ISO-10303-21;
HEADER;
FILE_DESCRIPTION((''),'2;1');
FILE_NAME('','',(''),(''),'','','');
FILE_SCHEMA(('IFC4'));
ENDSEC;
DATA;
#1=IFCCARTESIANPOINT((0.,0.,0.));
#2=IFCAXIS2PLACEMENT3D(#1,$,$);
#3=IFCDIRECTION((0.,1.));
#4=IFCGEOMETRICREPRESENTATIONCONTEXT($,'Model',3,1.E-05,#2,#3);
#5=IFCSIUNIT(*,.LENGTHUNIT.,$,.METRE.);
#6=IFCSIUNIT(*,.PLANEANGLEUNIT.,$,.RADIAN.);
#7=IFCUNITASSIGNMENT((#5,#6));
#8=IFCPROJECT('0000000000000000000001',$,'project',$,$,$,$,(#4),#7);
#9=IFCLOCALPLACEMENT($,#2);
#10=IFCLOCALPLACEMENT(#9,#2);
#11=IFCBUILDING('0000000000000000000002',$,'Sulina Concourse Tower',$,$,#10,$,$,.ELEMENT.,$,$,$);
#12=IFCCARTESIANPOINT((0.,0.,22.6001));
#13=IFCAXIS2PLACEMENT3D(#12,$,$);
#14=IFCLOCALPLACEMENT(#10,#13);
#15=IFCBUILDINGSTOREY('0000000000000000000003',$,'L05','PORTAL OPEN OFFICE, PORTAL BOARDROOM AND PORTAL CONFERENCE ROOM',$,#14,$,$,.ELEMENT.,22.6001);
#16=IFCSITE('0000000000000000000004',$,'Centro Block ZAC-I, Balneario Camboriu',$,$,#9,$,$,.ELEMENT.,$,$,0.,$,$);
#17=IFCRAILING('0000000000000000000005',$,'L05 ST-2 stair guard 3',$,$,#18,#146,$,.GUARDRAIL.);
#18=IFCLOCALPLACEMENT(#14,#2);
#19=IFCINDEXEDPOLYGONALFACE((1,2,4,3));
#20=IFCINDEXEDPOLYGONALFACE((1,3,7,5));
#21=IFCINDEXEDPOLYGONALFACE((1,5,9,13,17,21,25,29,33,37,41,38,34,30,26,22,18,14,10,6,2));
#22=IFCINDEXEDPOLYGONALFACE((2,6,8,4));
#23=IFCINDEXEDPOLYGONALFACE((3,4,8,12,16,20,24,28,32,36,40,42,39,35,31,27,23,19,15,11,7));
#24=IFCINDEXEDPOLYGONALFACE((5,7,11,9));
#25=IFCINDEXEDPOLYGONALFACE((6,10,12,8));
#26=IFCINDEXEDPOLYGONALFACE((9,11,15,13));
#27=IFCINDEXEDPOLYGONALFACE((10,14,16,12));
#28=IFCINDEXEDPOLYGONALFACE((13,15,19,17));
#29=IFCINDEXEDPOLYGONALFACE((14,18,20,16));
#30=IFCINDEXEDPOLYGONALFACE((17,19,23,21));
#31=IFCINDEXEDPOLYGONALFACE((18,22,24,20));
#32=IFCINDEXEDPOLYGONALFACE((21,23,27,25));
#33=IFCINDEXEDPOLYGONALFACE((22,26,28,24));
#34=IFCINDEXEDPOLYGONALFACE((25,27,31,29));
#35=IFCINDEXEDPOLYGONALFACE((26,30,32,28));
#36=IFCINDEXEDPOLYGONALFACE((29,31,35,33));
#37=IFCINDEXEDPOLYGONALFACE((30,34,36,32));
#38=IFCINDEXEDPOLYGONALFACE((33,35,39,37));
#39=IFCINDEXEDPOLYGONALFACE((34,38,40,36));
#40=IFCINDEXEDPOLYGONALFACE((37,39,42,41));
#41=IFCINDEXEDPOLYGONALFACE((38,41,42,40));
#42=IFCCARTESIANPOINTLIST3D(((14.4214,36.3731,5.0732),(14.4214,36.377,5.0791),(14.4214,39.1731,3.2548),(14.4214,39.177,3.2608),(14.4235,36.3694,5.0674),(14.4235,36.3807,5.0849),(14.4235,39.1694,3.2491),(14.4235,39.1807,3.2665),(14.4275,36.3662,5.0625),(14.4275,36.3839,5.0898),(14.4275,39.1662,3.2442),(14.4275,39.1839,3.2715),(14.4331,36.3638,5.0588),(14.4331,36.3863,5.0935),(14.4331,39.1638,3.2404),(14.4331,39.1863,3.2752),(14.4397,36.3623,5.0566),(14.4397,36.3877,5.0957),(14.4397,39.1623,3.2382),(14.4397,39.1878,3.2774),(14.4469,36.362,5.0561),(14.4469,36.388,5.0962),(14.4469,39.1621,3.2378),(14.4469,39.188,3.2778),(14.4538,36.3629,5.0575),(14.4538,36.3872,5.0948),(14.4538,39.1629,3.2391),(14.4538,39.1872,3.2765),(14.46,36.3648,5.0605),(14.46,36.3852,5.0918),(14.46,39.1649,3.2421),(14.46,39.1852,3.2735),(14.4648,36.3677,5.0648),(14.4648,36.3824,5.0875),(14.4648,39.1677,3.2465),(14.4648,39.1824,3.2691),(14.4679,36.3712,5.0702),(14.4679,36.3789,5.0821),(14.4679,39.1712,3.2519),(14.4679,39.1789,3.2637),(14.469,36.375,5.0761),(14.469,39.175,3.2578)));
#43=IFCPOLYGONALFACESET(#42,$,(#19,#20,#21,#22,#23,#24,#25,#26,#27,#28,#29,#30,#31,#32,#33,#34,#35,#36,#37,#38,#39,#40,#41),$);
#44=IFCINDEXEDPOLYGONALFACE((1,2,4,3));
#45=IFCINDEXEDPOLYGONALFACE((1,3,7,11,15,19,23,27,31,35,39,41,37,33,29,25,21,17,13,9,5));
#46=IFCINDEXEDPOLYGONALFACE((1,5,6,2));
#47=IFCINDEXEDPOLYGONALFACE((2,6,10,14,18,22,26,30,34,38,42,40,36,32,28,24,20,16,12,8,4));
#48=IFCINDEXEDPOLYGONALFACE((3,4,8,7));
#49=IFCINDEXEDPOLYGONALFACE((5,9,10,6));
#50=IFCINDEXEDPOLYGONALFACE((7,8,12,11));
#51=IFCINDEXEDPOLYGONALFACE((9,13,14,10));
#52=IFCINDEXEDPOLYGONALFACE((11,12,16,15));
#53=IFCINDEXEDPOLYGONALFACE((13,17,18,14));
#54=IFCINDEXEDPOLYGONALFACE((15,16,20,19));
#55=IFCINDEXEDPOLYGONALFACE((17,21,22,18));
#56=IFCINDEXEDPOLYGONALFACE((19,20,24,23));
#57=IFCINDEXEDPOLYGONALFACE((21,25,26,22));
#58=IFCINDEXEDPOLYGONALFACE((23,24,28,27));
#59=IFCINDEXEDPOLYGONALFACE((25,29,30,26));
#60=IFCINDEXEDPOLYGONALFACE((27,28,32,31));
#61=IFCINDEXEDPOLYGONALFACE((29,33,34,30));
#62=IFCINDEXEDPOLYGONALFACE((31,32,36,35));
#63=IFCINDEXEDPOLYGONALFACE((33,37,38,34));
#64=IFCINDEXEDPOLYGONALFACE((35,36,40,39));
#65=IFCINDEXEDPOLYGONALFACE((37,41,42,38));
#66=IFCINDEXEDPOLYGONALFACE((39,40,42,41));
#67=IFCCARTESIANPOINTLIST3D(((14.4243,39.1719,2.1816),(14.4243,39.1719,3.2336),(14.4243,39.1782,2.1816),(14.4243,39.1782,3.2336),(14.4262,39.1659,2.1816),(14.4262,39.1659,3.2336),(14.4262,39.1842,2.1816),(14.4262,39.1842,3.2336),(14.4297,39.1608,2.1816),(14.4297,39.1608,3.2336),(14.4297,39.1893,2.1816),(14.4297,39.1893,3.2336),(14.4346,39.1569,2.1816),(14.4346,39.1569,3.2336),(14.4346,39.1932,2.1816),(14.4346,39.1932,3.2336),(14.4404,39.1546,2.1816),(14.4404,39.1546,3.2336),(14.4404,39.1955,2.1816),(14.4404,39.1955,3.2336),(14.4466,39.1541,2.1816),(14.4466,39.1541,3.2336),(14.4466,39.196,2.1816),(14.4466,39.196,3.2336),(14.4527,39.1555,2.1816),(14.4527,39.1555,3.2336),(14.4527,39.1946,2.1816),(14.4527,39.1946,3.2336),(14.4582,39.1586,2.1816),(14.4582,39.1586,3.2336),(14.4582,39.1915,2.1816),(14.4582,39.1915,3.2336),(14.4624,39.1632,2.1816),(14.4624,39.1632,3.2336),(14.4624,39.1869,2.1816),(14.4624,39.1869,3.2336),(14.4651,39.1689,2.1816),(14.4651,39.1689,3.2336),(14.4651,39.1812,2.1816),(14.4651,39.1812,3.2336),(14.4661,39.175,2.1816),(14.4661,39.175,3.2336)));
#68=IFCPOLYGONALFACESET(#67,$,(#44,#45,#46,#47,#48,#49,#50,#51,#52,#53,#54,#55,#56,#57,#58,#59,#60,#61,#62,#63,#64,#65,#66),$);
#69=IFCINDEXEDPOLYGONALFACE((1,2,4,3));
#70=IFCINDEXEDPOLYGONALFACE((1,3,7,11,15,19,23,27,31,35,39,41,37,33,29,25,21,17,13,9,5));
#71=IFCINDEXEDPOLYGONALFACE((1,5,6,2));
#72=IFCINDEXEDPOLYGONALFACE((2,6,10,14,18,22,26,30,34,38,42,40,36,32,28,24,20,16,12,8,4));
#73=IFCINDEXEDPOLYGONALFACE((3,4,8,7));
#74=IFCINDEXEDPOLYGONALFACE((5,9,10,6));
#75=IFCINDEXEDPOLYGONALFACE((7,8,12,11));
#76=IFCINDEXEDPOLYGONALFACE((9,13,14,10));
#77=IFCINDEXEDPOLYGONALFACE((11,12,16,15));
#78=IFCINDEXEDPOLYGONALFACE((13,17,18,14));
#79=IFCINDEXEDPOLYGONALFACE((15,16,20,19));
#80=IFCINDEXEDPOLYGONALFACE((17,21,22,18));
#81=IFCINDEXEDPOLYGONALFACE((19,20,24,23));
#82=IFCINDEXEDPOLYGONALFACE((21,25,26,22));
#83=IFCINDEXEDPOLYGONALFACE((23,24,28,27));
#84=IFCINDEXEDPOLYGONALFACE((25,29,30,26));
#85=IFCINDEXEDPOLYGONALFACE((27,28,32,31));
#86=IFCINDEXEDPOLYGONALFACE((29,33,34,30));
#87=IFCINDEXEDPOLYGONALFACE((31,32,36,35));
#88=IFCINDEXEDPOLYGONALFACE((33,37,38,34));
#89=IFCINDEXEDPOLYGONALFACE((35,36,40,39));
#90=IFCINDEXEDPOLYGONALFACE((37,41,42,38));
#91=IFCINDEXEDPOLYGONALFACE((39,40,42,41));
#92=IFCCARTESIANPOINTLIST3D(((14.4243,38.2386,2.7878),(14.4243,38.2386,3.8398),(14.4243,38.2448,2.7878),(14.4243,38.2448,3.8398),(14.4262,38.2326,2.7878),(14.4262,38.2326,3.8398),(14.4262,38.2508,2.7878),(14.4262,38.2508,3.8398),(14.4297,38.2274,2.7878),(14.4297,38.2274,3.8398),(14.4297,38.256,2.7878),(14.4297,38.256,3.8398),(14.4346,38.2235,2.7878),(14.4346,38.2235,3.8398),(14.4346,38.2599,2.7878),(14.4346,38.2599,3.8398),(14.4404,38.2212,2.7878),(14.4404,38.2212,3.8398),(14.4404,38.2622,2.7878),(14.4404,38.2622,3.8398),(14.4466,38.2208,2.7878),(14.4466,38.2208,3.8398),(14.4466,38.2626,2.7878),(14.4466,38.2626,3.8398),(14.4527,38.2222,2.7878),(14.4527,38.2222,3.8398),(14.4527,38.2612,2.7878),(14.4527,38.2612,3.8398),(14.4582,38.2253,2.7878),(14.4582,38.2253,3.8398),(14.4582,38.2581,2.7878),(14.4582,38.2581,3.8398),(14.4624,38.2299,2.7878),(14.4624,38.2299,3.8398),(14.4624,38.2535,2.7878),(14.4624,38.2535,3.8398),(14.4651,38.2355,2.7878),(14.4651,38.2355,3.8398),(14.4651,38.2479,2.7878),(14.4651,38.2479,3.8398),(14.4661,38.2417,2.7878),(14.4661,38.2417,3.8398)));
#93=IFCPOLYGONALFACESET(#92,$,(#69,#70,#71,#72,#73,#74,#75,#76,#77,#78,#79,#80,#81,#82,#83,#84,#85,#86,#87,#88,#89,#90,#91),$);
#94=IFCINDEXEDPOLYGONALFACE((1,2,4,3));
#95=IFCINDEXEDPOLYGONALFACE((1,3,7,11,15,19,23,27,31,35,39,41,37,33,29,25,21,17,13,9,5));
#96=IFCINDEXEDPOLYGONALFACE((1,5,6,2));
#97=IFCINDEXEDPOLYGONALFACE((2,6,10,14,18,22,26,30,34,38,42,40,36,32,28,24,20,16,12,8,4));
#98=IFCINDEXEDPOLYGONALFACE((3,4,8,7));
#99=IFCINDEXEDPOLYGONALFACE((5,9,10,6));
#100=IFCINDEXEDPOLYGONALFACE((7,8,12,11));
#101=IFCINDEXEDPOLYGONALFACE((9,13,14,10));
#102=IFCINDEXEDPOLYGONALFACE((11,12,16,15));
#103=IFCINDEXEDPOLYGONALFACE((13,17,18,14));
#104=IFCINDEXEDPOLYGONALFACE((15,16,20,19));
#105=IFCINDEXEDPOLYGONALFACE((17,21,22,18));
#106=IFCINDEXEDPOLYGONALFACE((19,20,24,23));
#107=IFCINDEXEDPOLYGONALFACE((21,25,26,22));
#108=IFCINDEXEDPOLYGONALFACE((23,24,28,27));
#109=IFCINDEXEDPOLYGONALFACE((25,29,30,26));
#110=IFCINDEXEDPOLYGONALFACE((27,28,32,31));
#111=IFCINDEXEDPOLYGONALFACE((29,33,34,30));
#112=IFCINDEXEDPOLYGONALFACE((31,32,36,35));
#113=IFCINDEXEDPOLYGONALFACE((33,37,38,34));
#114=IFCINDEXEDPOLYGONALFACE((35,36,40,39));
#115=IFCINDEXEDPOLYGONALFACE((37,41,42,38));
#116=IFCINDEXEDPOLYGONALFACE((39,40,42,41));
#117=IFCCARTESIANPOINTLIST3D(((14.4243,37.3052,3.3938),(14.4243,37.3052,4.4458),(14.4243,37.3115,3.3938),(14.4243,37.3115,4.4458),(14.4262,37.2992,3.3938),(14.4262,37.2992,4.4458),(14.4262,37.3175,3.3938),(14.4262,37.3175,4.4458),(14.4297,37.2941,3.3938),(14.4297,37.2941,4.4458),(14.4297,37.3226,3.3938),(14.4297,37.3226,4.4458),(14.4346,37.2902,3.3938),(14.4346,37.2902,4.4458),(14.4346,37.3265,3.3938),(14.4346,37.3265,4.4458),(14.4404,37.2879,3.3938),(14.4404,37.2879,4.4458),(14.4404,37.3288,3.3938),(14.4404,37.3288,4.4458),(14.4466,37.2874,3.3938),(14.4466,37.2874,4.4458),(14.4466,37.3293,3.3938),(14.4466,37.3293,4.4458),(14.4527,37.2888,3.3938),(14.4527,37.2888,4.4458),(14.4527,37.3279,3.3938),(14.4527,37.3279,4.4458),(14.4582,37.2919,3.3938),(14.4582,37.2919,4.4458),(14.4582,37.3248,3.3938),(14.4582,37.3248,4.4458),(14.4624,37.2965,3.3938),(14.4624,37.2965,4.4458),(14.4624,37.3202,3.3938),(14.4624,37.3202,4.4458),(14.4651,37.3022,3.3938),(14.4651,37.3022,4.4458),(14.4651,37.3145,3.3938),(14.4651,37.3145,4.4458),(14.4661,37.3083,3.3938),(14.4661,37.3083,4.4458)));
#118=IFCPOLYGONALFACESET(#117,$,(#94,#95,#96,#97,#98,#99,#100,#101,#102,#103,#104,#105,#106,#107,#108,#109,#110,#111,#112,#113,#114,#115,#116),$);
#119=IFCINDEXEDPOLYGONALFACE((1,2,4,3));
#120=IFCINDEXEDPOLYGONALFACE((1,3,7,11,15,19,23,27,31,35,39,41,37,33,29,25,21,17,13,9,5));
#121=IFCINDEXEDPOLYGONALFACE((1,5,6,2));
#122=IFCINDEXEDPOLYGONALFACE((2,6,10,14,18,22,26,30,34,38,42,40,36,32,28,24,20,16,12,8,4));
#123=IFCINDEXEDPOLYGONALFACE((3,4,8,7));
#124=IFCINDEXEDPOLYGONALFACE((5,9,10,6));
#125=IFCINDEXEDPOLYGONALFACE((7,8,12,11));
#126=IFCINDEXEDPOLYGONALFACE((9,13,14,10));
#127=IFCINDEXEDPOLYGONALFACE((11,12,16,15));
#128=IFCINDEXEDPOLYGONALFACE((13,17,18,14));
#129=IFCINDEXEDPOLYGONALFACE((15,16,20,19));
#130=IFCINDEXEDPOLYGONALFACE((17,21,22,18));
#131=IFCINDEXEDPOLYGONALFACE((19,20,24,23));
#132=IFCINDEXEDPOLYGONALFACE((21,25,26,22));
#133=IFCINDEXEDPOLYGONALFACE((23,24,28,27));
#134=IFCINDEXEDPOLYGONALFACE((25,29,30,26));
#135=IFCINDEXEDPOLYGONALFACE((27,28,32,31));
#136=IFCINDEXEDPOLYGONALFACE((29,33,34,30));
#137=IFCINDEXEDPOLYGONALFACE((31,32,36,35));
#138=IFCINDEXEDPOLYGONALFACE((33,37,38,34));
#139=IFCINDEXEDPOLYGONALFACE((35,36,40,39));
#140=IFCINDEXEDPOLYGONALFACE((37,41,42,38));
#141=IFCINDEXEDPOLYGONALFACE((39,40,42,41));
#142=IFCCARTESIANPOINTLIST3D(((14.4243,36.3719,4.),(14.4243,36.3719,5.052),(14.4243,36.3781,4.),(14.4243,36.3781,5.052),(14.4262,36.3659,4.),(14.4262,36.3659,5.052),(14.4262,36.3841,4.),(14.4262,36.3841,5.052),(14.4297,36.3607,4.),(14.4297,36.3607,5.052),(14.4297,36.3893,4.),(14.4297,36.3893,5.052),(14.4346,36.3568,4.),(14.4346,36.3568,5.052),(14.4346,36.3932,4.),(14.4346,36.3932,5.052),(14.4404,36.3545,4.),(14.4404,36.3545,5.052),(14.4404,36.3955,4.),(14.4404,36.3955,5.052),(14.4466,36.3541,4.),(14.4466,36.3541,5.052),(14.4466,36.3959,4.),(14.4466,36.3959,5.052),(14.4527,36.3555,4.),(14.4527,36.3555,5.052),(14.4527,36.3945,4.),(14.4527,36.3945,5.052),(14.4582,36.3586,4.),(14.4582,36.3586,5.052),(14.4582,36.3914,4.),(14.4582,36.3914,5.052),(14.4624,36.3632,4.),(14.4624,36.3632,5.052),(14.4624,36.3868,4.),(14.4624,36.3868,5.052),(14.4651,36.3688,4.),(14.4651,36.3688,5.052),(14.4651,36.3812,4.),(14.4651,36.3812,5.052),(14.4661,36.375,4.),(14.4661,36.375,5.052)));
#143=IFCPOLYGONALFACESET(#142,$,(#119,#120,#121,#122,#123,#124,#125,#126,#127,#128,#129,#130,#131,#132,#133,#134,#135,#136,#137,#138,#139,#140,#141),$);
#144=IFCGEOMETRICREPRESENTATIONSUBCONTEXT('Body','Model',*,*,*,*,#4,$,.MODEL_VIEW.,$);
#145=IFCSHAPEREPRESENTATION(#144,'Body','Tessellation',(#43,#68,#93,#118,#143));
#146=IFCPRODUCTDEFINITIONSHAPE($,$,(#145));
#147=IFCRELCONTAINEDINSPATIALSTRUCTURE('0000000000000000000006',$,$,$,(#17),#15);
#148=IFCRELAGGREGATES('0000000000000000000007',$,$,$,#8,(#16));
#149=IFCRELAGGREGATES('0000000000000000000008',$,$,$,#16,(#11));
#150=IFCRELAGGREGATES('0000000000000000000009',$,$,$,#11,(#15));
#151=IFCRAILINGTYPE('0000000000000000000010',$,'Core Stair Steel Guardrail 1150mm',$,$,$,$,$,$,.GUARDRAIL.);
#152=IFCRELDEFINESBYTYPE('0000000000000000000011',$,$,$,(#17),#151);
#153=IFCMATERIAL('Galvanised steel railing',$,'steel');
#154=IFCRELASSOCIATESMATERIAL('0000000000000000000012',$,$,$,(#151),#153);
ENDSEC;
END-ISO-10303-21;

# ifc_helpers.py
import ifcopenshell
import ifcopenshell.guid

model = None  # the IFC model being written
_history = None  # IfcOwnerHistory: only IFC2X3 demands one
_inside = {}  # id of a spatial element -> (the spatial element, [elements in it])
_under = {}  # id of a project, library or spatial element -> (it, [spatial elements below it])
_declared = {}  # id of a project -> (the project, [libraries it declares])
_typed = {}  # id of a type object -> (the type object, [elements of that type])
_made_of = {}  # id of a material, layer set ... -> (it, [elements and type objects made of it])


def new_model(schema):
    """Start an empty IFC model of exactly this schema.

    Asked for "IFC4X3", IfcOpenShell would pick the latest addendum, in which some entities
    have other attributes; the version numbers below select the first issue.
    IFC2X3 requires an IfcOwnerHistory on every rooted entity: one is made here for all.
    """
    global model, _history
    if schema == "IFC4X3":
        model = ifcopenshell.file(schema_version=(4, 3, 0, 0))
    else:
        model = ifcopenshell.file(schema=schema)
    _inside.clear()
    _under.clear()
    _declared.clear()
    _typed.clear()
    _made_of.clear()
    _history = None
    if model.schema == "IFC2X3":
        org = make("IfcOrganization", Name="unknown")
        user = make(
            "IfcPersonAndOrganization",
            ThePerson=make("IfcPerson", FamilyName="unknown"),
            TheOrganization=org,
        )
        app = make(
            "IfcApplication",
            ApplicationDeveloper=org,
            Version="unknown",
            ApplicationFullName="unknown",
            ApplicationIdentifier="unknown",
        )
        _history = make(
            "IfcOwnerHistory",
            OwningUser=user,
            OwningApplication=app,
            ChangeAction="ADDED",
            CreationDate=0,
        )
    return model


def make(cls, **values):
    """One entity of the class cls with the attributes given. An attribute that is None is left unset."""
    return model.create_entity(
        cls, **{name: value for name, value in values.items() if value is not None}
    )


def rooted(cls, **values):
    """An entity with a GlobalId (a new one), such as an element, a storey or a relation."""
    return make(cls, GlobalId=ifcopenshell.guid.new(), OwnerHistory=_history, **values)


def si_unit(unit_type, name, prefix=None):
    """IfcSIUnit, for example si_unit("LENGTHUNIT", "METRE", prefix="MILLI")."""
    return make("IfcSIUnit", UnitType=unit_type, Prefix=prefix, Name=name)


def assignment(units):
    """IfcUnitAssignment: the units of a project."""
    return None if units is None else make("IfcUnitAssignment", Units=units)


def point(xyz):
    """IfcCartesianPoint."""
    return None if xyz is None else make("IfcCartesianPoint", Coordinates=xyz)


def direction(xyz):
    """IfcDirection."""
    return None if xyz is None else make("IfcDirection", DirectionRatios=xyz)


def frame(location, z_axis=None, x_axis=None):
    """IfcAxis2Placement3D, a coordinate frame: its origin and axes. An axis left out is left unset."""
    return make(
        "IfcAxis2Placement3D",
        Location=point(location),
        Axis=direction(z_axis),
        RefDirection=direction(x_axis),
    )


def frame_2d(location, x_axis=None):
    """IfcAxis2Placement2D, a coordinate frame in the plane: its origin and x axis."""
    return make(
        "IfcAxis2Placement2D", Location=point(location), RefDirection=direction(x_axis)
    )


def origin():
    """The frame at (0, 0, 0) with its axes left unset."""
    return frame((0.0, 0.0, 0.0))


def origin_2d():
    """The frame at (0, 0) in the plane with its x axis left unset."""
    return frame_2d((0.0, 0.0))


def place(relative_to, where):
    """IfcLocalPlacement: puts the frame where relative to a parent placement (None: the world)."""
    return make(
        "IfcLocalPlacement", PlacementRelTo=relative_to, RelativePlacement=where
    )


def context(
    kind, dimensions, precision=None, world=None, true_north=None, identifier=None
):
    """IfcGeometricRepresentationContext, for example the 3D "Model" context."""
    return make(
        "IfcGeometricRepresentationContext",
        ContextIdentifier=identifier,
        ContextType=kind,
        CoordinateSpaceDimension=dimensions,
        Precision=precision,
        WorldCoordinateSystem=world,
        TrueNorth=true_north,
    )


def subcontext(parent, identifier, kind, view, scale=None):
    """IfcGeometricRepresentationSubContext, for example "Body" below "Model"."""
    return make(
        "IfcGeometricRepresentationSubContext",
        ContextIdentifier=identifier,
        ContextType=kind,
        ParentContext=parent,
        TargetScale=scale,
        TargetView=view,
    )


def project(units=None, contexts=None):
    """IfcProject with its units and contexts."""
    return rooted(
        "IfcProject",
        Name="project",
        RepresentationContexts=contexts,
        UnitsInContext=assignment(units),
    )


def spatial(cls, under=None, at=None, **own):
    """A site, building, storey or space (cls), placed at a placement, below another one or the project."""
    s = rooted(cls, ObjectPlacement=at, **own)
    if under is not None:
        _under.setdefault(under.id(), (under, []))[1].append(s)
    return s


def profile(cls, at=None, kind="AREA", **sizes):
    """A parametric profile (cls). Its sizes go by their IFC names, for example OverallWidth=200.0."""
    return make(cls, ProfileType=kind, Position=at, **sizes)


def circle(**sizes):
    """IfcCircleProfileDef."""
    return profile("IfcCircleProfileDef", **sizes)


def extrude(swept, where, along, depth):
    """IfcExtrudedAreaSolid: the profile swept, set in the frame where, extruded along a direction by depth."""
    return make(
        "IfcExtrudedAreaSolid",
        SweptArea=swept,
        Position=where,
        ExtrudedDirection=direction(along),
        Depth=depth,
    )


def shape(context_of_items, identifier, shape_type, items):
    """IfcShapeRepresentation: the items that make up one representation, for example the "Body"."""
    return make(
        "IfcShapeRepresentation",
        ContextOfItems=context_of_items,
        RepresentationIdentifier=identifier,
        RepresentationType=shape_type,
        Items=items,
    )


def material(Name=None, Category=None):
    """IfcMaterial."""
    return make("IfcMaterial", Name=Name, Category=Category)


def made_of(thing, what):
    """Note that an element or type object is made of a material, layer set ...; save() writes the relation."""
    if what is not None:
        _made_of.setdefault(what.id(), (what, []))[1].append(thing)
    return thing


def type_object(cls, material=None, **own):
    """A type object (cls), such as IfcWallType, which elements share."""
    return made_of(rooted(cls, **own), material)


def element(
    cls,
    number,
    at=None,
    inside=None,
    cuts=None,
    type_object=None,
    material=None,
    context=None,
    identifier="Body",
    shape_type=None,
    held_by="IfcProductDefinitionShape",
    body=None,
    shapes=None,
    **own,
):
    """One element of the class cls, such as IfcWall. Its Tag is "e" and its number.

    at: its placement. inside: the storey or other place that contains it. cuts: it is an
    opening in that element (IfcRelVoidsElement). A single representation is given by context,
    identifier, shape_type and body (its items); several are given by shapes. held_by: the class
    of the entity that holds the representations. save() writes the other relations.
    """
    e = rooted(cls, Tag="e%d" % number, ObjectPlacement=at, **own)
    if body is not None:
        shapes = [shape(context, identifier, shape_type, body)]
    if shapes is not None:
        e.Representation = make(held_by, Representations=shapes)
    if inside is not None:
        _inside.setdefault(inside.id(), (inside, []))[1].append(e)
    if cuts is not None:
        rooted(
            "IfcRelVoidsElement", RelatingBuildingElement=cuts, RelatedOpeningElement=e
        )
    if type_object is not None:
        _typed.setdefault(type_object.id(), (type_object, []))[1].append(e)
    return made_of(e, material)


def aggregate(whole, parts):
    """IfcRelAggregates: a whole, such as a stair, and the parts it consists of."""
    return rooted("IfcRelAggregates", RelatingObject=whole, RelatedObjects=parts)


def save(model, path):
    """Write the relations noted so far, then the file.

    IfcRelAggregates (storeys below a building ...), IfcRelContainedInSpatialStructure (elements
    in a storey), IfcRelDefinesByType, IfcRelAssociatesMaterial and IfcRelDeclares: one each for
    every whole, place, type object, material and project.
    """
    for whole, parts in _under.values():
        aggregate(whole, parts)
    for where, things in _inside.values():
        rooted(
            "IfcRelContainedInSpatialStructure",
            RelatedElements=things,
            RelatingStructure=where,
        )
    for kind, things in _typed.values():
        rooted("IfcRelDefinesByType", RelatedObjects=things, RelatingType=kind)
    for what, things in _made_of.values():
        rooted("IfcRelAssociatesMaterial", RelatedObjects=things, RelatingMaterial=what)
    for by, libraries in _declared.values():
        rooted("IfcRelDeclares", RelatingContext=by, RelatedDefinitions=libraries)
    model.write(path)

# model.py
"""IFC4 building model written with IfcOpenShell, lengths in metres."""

from ifc_helpers import new_model, si_unit, direction, frame, origin, origin_2d, place, context, subcontext, project, spatial, circle, extrude, material, type_object, element, save


model = new_model("IFC4")

# Units and contexts
model_context = context("Model", 3, precision=1e-05, world=origin(), true_north=direction((0.0, 1.0)))
body_context = subcontext(model_context, "Body", "Model", "MODEL_VIEW")
ifc_project = project(units=[si_unit("LENGTHUNIT", "METRE"), si_unit("PLANEANGLEUNIT", "RADIAN")], contexts=[model_context])

# Site, building, storey
site_placement = place(None, origin())
site = spatial("IfcSite", under=ifc_project, at=site_placement, Name="Centro Block ZAC-I, Balneario Camboriu", CompositionType="ELEMENT", RefElevation=0.0)
building_placement = place(site_placement, origin())
building = spatial("IfcBuilding", under=site, at=building_placement, Name="Sulina Concourse Tower", CompositionType="ELEMENT")
storey_placement = place(building_placement, frame((0.0, 0.0, 22.6001)))
storey = spatial("IfcBuildingStorey", under=building, at=storey_placement, Name="L05", Description="PORTAL OPEN OFFICE, PORTAL BOARDROOM AND PORTAL CONFERENCE ROOM", CompositionType="ELEMENT", Elevation=22.6001)

# Railing
ifc_material_1 = material(Name="Galvanised steel railing", Category="steel")
railing_type_1 = type_object("IfcRailingType", Name="Core Stair Steel Guardrail 1150mm", PredefinedType="GUARDRAIL", material=ifc_material_1)
railing_1_placement = place(storey_placement, frame((14.4451, 39.175, 2.1816)))
element("IfcRailing", 1, at=railing_1_placement, inside=storey, type_object=railing_type_1, Name="L05 ST-2 stair guard 3", PredefinedType="GUARDRAIL", context=body_context, shape_type="SweptSolid", body=[
    extrude(circle(Radius=0.0239, at=origin_2d()), frame((0.0, 0.0, 1.0762), z_axis=(0.0, -0.838672, 0.544636), x_axis=(1.0, 0.0, 0.0)), (0.0, 0.0, 1.0), 3.3386),
    extrude(circle(Radius=0.021, at=origin_2d()), origin(), (0.0, 0.0, 1.0), 1.052),
    extrude(circle(Radius=0.021, at=origin_2d()), frame((0.0, -0.9333, 0.6062)), (0.0, 0.0, 1.0), 1.052),
    extrude(circle(Radius=0.021, at=origin_2d()), frame((0.0, -1.8667, 1.2122)), (0.0, 0.0, 1.0), 1.052),
    extrude(circle(Radius=0.021, at=origin_2d()), frame((0.0, -2.8, 1.8184)), (0.0, 0.0, 1.0), 1.052),
])

save(model, "model.ifc")
